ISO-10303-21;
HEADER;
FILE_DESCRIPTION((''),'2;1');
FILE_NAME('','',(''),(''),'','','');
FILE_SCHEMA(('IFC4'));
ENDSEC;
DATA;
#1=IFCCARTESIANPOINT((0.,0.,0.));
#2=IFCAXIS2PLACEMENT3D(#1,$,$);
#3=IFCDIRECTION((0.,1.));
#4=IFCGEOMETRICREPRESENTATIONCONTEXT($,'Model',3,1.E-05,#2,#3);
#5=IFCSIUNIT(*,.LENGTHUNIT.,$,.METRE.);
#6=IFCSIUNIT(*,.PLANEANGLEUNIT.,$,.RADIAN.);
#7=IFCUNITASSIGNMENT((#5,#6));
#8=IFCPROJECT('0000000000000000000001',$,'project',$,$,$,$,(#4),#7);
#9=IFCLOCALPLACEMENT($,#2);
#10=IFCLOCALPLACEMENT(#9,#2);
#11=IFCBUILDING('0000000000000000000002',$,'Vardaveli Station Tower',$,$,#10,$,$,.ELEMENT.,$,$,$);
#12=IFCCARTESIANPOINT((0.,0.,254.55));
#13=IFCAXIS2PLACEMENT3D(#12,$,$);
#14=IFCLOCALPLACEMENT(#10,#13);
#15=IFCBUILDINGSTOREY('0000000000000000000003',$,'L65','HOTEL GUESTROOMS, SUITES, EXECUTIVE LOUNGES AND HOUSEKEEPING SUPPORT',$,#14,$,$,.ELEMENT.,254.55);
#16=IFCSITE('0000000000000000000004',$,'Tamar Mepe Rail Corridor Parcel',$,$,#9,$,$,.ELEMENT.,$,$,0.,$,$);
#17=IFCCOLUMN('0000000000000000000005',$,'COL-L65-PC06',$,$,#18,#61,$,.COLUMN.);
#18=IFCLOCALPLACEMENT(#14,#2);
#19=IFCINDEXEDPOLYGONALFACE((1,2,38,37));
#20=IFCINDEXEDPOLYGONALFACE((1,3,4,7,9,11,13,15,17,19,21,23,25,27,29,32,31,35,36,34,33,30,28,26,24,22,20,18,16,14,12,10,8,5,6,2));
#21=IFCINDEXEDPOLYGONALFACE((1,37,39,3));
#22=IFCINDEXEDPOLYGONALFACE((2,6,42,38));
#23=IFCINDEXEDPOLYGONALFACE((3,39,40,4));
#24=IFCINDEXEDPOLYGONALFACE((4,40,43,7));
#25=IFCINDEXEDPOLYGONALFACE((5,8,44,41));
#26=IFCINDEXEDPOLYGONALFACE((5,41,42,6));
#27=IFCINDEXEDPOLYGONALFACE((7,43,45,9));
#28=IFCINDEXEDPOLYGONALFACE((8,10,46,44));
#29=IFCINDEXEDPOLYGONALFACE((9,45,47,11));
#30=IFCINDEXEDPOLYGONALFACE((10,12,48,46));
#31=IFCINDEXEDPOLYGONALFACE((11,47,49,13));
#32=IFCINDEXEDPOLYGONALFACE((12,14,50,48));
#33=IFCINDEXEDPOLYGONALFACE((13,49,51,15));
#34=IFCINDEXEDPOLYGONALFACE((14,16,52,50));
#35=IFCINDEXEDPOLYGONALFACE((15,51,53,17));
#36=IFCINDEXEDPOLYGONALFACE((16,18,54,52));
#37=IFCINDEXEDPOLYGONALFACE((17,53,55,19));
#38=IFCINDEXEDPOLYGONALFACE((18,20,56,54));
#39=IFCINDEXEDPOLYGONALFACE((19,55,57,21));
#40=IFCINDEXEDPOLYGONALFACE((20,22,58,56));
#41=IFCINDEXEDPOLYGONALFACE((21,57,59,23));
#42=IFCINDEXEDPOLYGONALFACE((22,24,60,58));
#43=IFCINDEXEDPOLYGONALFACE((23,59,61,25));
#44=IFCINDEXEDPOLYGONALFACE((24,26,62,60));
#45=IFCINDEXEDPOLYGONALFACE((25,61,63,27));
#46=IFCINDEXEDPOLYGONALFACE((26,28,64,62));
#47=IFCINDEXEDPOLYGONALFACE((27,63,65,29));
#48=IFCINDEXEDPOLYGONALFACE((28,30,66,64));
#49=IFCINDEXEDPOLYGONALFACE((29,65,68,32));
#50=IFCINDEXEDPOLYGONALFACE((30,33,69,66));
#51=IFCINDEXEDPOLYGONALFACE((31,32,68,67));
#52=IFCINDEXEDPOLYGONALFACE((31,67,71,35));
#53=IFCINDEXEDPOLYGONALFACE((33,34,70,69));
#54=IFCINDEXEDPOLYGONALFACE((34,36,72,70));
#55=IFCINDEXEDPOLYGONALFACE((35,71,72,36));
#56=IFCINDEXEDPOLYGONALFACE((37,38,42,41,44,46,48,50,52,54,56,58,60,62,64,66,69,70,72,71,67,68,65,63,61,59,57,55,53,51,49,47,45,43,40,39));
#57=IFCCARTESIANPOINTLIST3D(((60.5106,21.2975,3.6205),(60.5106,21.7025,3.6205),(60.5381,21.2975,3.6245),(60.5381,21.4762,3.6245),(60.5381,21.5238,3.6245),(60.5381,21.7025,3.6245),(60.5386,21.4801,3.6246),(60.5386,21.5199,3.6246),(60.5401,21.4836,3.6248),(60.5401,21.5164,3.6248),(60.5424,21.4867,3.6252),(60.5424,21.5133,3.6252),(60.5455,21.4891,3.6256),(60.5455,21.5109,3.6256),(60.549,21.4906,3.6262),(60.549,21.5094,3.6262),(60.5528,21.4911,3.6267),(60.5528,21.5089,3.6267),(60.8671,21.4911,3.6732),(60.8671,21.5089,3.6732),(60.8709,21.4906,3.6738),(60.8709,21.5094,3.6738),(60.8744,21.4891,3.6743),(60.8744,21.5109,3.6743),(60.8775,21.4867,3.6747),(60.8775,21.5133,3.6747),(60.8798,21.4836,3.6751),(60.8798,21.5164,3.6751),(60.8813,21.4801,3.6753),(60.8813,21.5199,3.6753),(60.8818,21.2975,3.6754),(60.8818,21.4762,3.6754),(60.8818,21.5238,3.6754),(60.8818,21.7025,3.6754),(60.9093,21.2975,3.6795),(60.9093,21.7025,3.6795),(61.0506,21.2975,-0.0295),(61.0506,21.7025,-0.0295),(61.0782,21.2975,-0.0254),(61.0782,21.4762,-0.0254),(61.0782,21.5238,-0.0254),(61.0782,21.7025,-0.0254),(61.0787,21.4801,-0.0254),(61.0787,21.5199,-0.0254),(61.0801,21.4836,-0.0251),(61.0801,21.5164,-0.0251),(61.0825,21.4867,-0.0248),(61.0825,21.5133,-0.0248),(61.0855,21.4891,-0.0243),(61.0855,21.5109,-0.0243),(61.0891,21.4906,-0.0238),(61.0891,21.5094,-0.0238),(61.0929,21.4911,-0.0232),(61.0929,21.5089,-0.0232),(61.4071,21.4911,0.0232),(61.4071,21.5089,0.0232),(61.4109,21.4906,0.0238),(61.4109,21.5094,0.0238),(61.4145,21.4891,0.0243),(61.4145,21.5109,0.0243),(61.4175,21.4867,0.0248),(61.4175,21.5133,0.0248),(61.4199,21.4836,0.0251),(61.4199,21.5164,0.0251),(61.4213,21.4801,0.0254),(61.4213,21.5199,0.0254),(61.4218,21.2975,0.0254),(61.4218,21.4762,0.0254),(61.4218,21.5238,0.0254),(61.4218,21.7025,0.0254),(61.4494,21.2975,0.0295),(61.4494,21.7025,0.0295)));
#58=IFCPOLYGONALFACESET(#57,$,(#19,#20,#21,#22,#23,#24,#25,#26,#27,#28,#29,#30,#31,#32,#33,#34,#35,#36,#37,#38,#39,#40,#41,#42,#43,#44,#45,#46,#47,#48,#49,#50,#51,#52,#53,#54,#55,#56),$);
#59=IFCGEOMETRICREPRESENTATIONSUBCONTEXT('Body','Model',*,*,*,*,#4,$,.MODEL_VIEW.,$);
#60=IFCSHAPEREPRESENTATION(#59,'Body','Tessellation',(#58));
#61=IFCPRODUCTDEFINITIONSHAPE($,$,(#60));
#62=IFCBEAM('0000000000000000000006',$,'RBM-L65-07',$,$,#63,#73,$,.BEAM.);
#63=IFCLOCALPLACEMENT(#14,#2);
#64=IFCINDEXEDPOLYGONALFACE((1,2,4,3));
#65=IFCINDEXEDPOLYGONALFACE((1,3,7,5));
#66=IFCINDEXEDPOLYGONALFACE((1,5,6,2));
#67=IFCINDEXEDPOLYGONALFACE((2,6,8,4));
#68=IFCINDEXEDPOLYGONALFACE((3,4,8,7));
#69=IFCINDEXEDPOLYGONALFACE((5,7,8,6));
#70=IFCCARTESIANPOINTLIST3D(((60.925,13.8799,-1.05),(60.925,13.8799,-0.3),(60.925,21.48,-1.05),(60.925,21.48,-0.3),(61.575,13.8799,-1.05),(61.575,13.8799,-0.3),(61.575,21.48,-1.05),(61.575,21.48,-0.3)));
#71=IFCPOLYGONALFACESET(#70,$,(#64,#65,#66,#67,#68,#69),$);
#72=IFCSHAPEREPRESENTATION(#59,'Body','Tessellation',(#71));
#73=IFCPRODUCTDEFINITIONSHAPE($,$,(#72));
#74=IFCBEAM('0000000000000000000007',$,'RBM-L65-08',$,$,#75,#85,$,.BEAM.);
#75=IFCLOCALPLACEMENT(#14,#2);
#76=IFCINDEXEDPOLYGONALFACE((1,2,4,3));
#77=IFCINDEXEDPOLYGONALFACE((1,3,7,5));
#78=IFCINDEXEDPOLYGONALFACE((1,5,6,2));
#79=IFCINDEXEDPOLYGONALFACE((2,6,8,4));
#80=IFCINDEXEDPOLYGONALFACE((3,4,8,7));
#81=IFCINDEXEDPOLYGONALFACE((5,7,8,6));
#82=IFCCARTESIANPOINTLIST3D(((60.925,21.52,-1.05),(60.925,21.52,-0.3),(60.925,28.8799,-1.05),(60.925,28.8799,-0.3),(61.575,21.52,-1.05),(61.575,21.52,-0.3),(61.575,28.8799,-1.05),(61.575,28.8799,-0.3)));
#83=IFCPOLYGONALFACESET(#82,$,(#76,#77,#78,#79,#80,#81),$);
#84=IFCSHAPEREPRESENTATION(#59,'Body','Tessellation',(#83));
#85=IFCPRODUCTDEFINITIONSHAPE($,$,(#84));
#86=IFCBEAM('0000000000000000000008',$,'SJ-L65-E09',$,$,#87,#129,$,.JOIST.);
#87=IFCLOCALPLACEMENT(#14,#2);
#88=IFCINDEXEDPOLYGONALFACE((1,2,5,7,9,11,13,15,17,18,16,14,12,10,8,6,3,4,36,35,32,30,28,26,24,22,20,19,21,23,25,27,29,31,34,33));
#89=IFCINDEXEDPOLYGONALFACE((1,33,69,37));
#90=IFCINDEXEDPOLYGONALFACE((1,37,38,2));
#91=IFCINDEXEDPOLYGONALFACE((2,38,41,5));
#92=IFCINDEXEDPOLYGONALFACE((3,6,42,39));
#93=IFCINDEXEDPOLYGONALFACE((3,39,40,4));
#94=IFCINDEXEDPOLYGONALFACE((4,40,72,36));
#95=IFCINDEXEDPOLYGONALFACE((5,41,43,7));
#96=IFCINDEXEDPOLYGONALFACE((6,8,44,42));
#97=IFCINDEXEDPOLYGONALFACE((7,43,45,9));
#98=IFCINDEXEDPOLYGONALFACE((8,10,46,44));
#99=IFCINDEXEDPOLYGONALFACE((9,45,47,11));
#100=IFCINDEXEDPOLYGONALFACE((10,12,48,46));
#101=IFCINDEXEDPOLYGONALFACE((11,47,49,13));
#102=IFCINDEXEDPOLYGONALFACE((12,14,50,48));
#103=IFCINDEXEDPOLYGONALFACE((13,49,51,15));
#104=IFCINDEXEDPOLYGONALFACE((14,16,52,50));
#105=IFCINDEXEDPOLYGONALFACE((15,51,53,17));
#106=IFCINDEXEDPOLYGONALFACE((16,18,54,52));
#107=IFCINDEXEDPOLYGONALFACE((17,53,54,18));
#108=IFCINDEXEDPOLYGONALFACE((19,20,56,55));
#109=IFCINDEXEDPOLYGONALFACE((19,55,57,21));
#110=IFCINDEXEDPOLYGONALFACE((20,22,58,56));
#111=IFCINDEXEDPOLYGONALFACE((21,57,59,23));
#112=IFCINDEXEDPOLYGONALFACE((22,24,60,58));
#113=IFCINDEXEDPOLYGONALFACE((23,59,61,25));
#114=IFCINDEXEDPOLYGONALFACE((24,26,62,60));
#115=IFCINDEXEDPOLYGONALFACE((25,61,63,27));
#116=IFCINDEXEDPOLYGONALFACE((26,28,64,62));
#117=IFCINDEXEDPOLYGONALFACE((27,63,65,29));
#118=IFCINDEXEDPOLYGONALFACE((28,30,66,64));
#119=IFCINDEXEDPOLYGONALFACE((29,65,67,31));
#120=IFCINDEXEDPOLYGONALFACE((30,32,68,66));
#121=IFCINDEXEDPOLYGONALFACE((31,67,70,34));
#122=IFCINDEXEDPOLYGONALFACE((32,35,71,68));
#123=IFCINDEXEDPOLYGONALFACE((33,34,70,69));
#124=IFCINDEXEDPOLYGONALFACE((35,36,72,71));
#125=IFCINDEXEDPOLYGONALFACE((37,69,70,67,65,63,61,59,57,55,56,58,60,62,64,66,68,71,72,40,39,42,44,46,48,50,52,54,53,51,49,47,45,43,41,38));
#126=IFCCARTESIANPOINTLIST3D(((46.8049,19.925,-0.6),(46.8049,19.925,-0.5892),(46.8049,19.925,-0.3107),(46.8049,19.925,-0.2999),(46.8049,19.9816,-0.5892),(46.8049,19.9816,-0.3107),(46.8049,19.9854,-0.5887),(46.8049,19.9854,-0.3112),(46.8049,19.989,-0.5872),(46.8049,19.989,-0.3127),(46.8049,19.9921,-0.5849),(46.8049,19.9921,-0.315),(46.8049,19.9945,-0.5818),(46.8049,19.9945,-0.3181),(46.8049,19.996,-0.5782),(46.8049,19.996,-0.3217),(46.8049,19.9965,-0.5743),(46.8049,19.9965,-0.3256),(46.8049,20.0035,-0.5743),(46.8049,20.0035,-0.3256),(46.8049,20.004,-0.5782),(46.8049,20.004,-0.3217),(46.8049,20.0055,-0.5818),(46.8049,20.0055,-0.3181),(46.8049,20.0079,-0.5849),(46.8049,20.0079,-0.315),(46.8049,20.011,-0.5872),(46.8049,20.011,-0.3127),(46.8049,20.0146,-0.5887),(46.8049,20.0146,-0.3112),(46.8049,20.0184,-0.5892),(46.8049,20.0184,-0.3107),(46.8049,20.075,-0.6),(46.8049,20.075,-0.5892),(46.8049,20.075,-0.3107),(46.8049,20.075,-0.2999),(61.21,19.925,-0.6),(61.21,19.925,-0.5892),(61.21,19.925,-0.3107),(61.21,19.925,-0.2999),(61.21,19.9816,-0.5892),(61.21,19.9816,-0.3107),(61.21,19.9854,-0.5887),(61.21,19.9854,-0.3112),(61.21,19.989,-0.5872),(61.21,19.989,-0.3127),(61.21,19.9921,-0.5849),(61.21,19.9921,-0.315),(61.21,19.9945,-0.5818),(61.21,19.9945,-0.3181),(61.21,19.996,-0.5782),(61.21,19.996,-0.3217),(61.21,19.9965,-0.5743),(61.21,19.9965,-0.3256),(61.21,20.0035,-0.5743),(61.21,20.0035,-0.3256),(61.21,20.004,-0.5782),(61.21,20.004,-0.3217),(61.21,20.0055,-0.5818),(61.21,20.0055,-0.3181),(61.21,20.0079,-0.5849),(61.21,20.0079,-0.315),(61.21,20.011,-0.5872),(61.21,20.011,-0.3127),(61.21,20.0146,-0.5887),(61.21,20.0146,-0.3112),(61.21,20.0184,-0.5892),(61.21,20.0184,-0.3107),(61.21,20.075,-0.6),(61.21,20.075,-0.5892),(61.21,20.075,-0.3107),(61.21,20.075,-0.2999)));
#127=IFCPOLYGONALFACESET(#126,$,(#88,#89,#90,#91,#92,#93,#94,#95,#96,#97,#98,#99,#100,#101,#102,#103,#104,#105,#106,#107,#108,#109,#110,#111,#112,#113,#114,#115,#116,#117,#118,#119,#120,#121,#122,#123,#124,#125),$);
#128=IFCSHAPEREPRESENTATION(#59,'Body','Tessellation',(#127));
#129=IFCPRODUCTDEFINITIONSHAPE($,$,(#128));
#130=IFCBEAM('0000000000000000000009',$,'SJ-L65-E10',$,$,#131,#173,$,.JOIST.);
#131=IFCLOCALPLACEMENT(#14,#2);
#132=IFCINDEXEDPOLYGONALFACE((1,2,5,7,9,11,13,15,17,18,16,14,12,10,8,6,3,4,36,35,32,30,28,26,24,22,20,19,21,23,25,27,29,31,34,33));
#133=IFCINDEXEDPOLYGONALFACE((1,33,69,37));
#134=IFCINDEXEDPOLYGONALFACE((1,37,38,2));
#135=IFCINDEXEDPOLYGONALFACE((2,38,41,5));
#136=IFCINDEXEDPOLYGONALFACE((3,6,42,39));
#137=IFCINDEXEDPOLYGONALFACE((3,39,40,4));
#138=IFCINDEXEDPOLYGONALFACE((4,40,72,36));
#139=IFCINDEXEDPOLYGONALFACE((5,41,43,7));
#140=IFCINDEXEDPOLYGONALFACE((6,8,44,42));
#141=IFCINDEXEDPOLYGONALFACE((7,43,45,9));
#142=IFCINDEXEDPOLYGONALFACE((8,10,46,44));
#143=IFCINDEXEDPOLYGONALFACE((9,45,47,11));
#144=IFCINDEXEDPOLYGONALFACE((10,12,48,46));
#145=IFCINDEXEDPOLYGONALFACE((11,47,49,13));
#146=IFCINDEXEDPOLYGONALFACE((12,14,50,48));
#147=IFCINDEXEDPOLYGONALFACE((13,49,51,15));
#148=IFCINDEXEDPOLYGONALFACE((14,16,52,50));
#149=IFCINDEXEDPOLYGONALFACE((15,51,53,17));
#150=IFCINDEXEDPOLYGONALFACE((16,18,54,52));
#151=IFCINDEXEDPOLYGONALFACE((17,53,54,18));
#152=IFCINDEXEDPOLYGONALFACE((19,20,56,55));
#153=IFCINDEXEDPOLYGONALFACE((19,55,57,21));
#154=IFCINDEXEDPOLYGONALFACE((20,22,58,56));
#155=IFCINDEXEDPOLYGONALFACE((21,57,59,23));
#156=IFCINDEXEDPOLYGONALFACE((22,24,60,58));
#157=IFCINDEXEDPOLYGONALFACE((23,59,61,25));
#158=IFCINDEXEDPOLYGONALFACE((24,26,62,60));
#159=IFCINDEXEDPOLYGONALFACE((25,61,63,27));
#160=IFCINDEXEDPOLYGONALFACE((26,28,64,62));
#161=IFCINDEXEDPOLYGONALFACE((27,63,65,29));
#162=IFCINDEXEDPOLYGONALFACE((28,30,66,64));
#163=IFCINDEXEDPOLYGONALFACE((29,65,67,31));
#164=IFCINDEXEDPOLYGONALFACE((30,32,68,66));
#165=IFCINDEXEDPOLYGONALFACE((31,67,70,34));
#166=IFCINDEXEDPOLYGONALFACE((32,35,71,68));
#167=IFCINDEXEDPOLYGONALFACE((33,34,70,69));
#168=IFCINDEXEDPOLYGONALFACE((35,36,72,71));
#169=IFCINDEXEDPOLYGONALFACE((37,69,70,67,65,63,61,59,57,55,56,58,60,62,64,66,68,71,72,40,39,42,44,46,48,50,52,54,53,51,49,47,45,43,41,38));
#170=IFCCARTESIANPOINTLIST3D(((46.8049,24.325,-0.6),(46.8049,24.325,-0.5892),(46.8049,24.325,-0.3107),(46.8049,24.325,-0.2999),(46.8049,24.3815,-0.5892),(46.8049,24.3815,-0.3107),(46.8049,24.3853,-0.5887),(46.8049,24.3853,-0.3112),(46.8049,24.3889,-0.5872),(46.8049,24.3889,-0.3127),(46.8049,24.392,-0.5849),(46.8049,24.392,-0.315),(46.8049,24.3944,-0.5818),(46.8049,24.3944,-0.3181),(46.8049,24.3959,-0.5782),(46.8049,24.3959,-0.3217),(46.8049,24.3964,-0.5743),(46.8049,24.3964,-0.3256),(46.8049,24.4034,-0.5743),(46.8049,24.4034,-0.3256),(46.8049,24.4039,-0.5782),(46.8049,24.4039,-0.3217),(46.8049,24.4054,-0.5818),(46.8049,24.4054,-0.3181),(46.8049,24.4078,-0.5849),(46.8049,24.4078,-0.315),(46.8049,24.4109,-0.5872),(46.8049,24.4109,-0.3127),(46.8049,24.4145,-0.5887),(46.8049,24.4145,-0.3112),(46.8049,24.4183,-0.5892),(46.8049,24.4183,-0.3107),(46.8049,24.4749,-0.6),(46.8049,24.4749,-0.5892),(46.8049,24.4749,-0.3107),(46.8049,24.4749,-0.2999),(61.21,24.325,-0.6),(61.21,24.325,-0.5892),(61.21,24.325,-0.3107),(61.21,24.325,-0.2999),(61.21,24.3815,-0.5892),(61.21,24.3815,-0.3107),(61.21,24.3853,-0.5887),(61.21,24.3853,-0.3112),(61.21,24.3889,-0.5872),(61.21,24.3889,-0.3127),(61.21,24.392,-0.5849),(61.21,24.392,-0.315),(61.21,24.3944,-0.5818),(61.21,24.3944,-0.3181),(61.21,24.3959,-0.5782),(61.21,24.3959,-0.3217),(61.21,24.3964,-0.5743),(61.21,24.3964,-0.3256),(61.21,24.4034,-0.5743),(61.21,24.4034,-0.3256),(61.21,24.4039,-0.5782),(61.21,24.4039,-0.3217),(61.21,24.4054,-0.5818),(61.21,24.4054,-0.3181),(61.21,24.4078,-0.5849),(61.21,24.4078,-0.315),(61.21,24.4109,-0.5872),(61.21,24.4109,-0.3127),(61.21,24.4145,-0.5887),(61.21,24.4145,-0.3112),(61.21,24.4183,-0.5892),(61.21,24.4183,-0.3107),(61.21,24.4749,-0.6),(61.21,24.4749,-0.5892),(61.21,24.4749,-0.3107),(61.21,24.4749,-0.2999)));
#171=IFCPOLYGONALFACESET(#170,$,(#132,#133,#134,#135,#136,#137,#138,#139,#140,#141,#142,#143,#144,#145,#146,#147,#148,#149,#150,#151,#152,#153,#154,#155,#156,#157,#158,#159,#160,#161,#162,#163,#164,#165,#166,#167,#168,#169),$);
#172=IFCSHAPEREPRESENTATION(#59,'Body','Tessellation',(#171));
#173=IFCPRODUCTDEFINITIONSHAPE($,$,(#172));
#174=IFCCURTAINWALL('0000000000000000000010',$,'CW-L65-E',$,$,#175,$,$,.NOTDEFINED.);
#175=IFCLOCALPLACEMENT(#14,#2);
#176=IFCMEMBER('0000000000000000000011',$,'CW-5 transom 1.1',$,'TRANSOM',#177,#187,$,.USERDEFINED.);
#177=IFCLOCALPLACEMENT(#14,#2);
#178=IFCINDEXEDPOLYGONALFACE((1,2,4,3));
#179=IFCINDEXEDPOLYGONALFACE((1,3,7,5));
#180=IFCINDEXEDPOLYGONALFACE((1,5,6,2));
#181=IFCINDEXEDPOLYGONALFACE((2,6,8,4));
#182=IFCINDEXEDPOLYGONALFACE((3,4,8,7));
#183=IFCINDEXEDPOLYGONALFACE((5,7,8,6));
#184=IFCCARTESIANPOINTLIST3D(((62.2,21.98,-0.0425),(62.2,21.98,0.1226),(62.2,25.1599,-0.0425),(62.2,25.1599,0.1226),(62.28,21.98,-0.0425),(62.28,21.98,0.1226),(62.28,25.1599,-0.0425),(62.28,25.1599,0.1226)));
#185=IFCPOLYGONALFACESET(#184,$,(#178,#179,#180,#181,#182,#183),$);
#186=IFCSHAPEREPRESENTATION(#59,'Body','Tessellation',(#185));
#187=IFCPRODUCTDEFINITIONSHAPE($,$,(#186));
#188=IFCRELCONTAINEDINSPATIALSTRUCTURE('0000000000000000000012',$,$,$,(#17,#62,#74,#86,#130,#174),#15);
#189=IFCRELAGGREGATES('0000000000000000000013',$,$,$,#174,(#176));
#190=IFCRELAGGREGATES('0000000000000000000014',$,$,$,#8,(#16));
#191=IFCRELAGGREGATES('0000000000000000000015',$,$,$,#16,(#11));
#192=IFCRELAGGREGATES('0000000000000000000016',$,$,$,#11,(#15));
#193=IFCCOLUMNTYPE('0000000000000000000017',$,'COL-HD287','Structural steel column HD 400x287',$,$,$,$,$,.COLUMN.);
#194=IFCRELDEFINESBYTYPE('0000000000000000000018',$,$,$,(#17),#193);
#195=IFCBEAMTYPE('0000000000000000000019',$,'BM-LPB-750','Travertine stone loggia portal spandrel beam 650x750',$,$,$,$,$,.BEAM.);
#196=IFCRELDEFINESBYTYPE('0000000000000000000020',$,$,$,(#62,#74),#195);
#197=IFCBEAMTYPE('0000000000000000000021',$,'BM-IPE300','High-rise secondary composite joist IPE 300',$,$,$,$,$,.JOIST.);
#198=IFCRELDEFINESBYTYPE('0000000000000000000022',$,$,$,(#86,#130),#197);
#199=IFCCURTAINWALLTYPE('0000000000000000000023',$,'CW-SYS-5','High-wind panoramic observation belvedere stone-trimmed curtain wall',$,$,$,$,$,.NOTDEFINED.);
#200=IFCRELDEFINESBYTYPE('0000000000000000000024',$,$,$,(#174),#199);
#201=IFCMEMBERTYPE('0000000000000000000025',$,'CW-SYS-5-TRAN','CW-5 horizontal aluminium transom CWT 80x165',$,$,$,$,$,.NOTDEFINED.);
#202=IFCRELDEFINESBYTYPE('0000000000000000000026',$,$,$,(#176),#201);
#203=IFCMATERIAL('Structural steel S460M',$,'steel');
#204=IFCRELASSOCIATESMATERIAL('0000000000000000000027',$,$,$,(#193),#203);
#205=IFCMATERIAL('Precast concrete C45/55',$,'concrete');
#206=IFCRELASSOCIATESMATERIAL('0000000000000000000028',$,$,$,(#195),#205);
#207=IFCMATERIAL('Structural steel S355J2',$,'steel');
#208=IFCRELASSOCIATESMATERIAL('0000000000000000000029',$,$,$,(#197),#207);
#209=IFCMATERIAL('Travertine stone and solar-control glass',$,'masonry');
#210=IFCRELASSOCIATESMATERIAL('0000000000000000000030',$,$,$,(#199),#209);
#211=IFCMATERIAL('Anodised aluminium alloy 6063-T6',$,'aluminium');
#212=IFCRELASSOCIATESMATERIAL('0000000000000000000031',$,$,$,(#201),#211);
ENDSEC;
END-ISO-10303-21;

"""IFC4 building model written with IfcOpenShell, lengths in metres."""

from ifc_helpers import new_model, si_unit, direction, frame, origin, origin_2d, place, context, subcontext, project, spatial, rectangle, i_section, extrude, source, transform, mapped, material, material_profile, profile_set, type_object, element, aggregate, save


model = new_model("IFC4")

# Units and contexts
model_context = context("Model", 3, precision=1e-05, world=origin(), true_north=direction((0.0, 1.0)))
body_context = subcontext(model_context, "Body", "Model", "MODEL_VIEW")
ifc_project = project(units=[si_unit("LENGTHUNIT", "METRE"), si_unit("PLANEANGLEUNIT", "RADIAN")], contexts=[model_context])

# Site, building, storey
site_placement = place(None, origin())
site = spatial("IfcSite", under=ifc_project, at=site_placement, Name="Tamar Mepe Rail Corridor Parcel", CompositionType="ELEMENT", RefElevation=0.0)
building_placement = place(site_placement, origin())
building = spatial("IfcBuilding", under=site, at=building_placement, Name="Vardaveli Station Tower", CompositionType="ELEMENT")
storey_placement = place(building_placement, frame((0.0, 0.0, 254.55)))
storey = spatial("IfcBuildingStorey", under=building, at=storey_placement, Name="L65", Description="HOTEL GUESTROOMS, SUITES, EXECUTIVE LOUNGES AND HOUSEKEEPING SUPPORT", CompositionType="ELEMENT", Elevation=254.55)

# Column
ifc_material_1 = material(Name="Structural steel S460M", Category="steel")
ifc_material_profile_1 = material_profile(ifc_material_1, i_section(OverallWidth=0.405, OverallDepth=0.4031, WebThickness=0.0178, FlangeThickness=0.0278, FilletRadius=0.0149, at=origin_2d()), Name="HD 400x287")
ifc_profile_set_1 = profile_set([ifc_material_profile_1], Name="Structural steel S460M")
column_type = type_object("IfcColumnType", Name="COL-HD287", Description="Structural steel column HD 400x287", PredefinedType="COLUMN", material=ifc_profile_set_1)
shared_shape_1 = source(origin(), body_context, "Body", "SweptSolid", [
    extrude(i_section(OverallWidth=0.405, OverallDepth=0.4031, WebThickness=0.0178, FlangeThickness=0.0278, FilletRadius=0.0149, at=origin_2d()), origin(), (0.0, 0.0, 1.0), 3.6897),
])
column_placement = place(storey_placement, frame((61.25, 21.5, 0.0), z_axis=(-0.146366, 0.0, 0.98923), x_axis=(0.0, -1.0, 0.0)))
element("IfcColumn", 1, at=column_placement, inside=storey, type_object=column_type, Name="COL-L65-PC06", PredefinedType="COLUMN", context=body_context, shape_type="MappedRepresentation", body=[
    mapped(shared_shape_1, transform((0.0, 0.0, 0.0), scale=1.0)),
])

# Beams
ifc_material_2 = material(Name="Precast concrete C45/55", Category="concrete")
ifc_material_profile_2 = material_profile(ifc_material_2, rectangle(XDim=0.6499, YDim=0.75, at=origin_2d()), Name="LPB 650x750")
ifc_profile_set_2 = profile_set([ifc_material_profile_2], Name="Precast concrete C45/55")
beam_type_1 = type_object("IfcBeamType", Name="BM-LPB-750", Description="Travertine stone loggia portal spandrel beam 650x750", PredefinedType="BEAM", material=ifc_profile_set_2)
shared_shape_2 = source(origin(), body_context, "Body", "SweptSolid", [
    extrude(rectangle(XDim=0.6499, YDim=0.75, at=origin_2d()), origin(), (0.0, 0.0, 1.0), 7.6001),
])
beam_1_placement = place(storey_placement, frame((61.25, 13.8799, -0.675), z_axis=(0.0, 1.0, 0.0), x_axis=(-1.0, 0.0, 0.0)))
element("IfcBeam", 2, at=beam_1_placement, inside=storey, type_object=beam_type_1, Name="RBM-L65-07", PredefinedType="BEAM", context=body_context, shape_type="MappedRepresentation", body=[
    mapped(shared_shape_2, transform((0.0, 0.0, 0.0), scale=1.0)),
])
shared_shape_3 = source(origin(), body_context, "Body", "SweptSolid", [
    extrude(rectangle(XDim=0.6499, YDim=0.75, at=origin_2d()), origin(), (0.0, 0.0, 1.0), 7.3599),
])
beam_2_placement = place(storey_placement, frame((61.25, 21.52, -0.675), z_axis=(0.0, 1.0, 0.0), x_axis=(-1.0, 0.0, 0.0)))
element("IfcBeam", 3, at=beam_2_placement, inside=storey, type_object=beam_type_1, Name="RBM-L65-08", PredefinedType="BEAM", context=body_context, shape_type="MappedRepresentation", body=[
    mapped(shared_shape_3, transform((0.0, 0.0, 0.0), scale=1.0)),
])
ifc_material_3 = material(Name="Structural steel S355J2", Category="steel")
ifc_material_profile_3 = material_profile(ifc_material_3, i_section(OverallWidth=0.1499, OverallDepth=0.3, WebThickness=0.0071, FlangeThickness=0.0107, FilletRadius=0.0149, at=origin_2d()), Name="IPE 300")
ifc_profile_set_3 = profile_set([ifc_material_profile_3], Name="Structural steel S355J2")
beam_type_2 = type_object("IfcBeamType", Name="BM-IPE300", Description="High-rise secondary composite joist IPE 300", PredefinedType="JOIST", material=ifc_profile_set_3)
shared_shape_4 = source(origin(), body_context, "Body", "SweptSolid", [
    extrude(i_section(OverallWidth=0.1499, OverallDepth=0.3, WebThickness=0.0071, FlangeThickness=0.0107, FilletRadius=0.0149, at=origin_2d()), origin(), (0.0, 0.0, 1.0), 14.405),
])
for number, where, z_axis, x_axis, name in (
    (4, (46.8049, 20.0, -0.45), (1.0, 0.0, 0.0), (0.0, 1.0, 0.0), "SJ-L65-E09"),
    (5, (46.8049, 24.3999, -0.45), (1.0, 0.0, 0.0), (0.0, 1.0, 0.0), "SJ-L65-E10"),
):
    element("IfcBeam", number, at=place(storey_placement, frame(where, z_axis=z_axis, x_axis=x_axis)), inside=storey, type_object=beam_type_2, Name=name, PredefinedType="JOIST", context=body_context, shape_type="MappedRepresentation", body=[
        mapped(shared_shape_4, transform((0.0, 0.0, 0.0), scale=1.0)),
    ])

# Curtain wall, member
ifc_material_4 = material(Name="Travertine stone and solar-control glass", Category="masonry")
curtain_wall_type = type_object("IfcCurtainWallType", Name="CW-SYS-5", Description="High-wind panoramic observation belvedere stone-trimmed curtain wall", PredefinedType="NOTDEFINED", material=ifc_material_4)
curtain_wall_placement = place(storey_placement, origin())
curtain_wall = element("IfcCurtainWall", 6, at=curtain_wall_placement, inside=storey, type_object=curtain_wall_type, Name="CW-L65-E", PredefinedType="NOTDEFINED")
ifc_material_5 = material(Name="Anodised aluminium alloy 6063-T6", Category="aluminium")
ifc_material_profile_4 = material_profile(ifc_material_5, rectangle(XDim=0.0801, YDim=0.165, at=origin_2d()), Name="CWT 80x165")
ifc_profile_set_4 = profile_set([ifc_material_profile_4], Name="Anodised aluminium alloy 6063-T6")
member_type_1 = type_object("IfcMemberType", Name="CW-SYS-5-TRAN", Description="CW-5 horizontal aluminium transom CWT 80x165", PredefinedType="NOTDEFINED", material=ifc_profile_set_4)
shared_shape_5 = source(origin(), body_context, "Body", "SweptSolid", [
    extrude(rectangle(XDim=0.0801, YDim=0.165, at=origin_2d()), origin(), (0.0, 0.0, 1.0), 3.1799),
])
member_1_placement = place(storey_placement, frame((62.24, 21.98, 0.04), z_axis=(0.0, 1.0, 0.0), x_axis=(-1.0, 0.0, 0.0)))
member_1 = element("IfcMember", 7, at=member_1_placement, type_object=member_type_1, Name="CW-5 transom 1.1", ObjectType="TRANSOM", PredefinedType="USERDEFINED", context=body_context, shape_type="MappedRepresentation", body=[
    mapped(shared_shape_5, transform((0.0, 0.0, 0.0), scale=1.0)),
])
aggregate(curtain_wall, [member_1])

save(model, "model.ifc")
